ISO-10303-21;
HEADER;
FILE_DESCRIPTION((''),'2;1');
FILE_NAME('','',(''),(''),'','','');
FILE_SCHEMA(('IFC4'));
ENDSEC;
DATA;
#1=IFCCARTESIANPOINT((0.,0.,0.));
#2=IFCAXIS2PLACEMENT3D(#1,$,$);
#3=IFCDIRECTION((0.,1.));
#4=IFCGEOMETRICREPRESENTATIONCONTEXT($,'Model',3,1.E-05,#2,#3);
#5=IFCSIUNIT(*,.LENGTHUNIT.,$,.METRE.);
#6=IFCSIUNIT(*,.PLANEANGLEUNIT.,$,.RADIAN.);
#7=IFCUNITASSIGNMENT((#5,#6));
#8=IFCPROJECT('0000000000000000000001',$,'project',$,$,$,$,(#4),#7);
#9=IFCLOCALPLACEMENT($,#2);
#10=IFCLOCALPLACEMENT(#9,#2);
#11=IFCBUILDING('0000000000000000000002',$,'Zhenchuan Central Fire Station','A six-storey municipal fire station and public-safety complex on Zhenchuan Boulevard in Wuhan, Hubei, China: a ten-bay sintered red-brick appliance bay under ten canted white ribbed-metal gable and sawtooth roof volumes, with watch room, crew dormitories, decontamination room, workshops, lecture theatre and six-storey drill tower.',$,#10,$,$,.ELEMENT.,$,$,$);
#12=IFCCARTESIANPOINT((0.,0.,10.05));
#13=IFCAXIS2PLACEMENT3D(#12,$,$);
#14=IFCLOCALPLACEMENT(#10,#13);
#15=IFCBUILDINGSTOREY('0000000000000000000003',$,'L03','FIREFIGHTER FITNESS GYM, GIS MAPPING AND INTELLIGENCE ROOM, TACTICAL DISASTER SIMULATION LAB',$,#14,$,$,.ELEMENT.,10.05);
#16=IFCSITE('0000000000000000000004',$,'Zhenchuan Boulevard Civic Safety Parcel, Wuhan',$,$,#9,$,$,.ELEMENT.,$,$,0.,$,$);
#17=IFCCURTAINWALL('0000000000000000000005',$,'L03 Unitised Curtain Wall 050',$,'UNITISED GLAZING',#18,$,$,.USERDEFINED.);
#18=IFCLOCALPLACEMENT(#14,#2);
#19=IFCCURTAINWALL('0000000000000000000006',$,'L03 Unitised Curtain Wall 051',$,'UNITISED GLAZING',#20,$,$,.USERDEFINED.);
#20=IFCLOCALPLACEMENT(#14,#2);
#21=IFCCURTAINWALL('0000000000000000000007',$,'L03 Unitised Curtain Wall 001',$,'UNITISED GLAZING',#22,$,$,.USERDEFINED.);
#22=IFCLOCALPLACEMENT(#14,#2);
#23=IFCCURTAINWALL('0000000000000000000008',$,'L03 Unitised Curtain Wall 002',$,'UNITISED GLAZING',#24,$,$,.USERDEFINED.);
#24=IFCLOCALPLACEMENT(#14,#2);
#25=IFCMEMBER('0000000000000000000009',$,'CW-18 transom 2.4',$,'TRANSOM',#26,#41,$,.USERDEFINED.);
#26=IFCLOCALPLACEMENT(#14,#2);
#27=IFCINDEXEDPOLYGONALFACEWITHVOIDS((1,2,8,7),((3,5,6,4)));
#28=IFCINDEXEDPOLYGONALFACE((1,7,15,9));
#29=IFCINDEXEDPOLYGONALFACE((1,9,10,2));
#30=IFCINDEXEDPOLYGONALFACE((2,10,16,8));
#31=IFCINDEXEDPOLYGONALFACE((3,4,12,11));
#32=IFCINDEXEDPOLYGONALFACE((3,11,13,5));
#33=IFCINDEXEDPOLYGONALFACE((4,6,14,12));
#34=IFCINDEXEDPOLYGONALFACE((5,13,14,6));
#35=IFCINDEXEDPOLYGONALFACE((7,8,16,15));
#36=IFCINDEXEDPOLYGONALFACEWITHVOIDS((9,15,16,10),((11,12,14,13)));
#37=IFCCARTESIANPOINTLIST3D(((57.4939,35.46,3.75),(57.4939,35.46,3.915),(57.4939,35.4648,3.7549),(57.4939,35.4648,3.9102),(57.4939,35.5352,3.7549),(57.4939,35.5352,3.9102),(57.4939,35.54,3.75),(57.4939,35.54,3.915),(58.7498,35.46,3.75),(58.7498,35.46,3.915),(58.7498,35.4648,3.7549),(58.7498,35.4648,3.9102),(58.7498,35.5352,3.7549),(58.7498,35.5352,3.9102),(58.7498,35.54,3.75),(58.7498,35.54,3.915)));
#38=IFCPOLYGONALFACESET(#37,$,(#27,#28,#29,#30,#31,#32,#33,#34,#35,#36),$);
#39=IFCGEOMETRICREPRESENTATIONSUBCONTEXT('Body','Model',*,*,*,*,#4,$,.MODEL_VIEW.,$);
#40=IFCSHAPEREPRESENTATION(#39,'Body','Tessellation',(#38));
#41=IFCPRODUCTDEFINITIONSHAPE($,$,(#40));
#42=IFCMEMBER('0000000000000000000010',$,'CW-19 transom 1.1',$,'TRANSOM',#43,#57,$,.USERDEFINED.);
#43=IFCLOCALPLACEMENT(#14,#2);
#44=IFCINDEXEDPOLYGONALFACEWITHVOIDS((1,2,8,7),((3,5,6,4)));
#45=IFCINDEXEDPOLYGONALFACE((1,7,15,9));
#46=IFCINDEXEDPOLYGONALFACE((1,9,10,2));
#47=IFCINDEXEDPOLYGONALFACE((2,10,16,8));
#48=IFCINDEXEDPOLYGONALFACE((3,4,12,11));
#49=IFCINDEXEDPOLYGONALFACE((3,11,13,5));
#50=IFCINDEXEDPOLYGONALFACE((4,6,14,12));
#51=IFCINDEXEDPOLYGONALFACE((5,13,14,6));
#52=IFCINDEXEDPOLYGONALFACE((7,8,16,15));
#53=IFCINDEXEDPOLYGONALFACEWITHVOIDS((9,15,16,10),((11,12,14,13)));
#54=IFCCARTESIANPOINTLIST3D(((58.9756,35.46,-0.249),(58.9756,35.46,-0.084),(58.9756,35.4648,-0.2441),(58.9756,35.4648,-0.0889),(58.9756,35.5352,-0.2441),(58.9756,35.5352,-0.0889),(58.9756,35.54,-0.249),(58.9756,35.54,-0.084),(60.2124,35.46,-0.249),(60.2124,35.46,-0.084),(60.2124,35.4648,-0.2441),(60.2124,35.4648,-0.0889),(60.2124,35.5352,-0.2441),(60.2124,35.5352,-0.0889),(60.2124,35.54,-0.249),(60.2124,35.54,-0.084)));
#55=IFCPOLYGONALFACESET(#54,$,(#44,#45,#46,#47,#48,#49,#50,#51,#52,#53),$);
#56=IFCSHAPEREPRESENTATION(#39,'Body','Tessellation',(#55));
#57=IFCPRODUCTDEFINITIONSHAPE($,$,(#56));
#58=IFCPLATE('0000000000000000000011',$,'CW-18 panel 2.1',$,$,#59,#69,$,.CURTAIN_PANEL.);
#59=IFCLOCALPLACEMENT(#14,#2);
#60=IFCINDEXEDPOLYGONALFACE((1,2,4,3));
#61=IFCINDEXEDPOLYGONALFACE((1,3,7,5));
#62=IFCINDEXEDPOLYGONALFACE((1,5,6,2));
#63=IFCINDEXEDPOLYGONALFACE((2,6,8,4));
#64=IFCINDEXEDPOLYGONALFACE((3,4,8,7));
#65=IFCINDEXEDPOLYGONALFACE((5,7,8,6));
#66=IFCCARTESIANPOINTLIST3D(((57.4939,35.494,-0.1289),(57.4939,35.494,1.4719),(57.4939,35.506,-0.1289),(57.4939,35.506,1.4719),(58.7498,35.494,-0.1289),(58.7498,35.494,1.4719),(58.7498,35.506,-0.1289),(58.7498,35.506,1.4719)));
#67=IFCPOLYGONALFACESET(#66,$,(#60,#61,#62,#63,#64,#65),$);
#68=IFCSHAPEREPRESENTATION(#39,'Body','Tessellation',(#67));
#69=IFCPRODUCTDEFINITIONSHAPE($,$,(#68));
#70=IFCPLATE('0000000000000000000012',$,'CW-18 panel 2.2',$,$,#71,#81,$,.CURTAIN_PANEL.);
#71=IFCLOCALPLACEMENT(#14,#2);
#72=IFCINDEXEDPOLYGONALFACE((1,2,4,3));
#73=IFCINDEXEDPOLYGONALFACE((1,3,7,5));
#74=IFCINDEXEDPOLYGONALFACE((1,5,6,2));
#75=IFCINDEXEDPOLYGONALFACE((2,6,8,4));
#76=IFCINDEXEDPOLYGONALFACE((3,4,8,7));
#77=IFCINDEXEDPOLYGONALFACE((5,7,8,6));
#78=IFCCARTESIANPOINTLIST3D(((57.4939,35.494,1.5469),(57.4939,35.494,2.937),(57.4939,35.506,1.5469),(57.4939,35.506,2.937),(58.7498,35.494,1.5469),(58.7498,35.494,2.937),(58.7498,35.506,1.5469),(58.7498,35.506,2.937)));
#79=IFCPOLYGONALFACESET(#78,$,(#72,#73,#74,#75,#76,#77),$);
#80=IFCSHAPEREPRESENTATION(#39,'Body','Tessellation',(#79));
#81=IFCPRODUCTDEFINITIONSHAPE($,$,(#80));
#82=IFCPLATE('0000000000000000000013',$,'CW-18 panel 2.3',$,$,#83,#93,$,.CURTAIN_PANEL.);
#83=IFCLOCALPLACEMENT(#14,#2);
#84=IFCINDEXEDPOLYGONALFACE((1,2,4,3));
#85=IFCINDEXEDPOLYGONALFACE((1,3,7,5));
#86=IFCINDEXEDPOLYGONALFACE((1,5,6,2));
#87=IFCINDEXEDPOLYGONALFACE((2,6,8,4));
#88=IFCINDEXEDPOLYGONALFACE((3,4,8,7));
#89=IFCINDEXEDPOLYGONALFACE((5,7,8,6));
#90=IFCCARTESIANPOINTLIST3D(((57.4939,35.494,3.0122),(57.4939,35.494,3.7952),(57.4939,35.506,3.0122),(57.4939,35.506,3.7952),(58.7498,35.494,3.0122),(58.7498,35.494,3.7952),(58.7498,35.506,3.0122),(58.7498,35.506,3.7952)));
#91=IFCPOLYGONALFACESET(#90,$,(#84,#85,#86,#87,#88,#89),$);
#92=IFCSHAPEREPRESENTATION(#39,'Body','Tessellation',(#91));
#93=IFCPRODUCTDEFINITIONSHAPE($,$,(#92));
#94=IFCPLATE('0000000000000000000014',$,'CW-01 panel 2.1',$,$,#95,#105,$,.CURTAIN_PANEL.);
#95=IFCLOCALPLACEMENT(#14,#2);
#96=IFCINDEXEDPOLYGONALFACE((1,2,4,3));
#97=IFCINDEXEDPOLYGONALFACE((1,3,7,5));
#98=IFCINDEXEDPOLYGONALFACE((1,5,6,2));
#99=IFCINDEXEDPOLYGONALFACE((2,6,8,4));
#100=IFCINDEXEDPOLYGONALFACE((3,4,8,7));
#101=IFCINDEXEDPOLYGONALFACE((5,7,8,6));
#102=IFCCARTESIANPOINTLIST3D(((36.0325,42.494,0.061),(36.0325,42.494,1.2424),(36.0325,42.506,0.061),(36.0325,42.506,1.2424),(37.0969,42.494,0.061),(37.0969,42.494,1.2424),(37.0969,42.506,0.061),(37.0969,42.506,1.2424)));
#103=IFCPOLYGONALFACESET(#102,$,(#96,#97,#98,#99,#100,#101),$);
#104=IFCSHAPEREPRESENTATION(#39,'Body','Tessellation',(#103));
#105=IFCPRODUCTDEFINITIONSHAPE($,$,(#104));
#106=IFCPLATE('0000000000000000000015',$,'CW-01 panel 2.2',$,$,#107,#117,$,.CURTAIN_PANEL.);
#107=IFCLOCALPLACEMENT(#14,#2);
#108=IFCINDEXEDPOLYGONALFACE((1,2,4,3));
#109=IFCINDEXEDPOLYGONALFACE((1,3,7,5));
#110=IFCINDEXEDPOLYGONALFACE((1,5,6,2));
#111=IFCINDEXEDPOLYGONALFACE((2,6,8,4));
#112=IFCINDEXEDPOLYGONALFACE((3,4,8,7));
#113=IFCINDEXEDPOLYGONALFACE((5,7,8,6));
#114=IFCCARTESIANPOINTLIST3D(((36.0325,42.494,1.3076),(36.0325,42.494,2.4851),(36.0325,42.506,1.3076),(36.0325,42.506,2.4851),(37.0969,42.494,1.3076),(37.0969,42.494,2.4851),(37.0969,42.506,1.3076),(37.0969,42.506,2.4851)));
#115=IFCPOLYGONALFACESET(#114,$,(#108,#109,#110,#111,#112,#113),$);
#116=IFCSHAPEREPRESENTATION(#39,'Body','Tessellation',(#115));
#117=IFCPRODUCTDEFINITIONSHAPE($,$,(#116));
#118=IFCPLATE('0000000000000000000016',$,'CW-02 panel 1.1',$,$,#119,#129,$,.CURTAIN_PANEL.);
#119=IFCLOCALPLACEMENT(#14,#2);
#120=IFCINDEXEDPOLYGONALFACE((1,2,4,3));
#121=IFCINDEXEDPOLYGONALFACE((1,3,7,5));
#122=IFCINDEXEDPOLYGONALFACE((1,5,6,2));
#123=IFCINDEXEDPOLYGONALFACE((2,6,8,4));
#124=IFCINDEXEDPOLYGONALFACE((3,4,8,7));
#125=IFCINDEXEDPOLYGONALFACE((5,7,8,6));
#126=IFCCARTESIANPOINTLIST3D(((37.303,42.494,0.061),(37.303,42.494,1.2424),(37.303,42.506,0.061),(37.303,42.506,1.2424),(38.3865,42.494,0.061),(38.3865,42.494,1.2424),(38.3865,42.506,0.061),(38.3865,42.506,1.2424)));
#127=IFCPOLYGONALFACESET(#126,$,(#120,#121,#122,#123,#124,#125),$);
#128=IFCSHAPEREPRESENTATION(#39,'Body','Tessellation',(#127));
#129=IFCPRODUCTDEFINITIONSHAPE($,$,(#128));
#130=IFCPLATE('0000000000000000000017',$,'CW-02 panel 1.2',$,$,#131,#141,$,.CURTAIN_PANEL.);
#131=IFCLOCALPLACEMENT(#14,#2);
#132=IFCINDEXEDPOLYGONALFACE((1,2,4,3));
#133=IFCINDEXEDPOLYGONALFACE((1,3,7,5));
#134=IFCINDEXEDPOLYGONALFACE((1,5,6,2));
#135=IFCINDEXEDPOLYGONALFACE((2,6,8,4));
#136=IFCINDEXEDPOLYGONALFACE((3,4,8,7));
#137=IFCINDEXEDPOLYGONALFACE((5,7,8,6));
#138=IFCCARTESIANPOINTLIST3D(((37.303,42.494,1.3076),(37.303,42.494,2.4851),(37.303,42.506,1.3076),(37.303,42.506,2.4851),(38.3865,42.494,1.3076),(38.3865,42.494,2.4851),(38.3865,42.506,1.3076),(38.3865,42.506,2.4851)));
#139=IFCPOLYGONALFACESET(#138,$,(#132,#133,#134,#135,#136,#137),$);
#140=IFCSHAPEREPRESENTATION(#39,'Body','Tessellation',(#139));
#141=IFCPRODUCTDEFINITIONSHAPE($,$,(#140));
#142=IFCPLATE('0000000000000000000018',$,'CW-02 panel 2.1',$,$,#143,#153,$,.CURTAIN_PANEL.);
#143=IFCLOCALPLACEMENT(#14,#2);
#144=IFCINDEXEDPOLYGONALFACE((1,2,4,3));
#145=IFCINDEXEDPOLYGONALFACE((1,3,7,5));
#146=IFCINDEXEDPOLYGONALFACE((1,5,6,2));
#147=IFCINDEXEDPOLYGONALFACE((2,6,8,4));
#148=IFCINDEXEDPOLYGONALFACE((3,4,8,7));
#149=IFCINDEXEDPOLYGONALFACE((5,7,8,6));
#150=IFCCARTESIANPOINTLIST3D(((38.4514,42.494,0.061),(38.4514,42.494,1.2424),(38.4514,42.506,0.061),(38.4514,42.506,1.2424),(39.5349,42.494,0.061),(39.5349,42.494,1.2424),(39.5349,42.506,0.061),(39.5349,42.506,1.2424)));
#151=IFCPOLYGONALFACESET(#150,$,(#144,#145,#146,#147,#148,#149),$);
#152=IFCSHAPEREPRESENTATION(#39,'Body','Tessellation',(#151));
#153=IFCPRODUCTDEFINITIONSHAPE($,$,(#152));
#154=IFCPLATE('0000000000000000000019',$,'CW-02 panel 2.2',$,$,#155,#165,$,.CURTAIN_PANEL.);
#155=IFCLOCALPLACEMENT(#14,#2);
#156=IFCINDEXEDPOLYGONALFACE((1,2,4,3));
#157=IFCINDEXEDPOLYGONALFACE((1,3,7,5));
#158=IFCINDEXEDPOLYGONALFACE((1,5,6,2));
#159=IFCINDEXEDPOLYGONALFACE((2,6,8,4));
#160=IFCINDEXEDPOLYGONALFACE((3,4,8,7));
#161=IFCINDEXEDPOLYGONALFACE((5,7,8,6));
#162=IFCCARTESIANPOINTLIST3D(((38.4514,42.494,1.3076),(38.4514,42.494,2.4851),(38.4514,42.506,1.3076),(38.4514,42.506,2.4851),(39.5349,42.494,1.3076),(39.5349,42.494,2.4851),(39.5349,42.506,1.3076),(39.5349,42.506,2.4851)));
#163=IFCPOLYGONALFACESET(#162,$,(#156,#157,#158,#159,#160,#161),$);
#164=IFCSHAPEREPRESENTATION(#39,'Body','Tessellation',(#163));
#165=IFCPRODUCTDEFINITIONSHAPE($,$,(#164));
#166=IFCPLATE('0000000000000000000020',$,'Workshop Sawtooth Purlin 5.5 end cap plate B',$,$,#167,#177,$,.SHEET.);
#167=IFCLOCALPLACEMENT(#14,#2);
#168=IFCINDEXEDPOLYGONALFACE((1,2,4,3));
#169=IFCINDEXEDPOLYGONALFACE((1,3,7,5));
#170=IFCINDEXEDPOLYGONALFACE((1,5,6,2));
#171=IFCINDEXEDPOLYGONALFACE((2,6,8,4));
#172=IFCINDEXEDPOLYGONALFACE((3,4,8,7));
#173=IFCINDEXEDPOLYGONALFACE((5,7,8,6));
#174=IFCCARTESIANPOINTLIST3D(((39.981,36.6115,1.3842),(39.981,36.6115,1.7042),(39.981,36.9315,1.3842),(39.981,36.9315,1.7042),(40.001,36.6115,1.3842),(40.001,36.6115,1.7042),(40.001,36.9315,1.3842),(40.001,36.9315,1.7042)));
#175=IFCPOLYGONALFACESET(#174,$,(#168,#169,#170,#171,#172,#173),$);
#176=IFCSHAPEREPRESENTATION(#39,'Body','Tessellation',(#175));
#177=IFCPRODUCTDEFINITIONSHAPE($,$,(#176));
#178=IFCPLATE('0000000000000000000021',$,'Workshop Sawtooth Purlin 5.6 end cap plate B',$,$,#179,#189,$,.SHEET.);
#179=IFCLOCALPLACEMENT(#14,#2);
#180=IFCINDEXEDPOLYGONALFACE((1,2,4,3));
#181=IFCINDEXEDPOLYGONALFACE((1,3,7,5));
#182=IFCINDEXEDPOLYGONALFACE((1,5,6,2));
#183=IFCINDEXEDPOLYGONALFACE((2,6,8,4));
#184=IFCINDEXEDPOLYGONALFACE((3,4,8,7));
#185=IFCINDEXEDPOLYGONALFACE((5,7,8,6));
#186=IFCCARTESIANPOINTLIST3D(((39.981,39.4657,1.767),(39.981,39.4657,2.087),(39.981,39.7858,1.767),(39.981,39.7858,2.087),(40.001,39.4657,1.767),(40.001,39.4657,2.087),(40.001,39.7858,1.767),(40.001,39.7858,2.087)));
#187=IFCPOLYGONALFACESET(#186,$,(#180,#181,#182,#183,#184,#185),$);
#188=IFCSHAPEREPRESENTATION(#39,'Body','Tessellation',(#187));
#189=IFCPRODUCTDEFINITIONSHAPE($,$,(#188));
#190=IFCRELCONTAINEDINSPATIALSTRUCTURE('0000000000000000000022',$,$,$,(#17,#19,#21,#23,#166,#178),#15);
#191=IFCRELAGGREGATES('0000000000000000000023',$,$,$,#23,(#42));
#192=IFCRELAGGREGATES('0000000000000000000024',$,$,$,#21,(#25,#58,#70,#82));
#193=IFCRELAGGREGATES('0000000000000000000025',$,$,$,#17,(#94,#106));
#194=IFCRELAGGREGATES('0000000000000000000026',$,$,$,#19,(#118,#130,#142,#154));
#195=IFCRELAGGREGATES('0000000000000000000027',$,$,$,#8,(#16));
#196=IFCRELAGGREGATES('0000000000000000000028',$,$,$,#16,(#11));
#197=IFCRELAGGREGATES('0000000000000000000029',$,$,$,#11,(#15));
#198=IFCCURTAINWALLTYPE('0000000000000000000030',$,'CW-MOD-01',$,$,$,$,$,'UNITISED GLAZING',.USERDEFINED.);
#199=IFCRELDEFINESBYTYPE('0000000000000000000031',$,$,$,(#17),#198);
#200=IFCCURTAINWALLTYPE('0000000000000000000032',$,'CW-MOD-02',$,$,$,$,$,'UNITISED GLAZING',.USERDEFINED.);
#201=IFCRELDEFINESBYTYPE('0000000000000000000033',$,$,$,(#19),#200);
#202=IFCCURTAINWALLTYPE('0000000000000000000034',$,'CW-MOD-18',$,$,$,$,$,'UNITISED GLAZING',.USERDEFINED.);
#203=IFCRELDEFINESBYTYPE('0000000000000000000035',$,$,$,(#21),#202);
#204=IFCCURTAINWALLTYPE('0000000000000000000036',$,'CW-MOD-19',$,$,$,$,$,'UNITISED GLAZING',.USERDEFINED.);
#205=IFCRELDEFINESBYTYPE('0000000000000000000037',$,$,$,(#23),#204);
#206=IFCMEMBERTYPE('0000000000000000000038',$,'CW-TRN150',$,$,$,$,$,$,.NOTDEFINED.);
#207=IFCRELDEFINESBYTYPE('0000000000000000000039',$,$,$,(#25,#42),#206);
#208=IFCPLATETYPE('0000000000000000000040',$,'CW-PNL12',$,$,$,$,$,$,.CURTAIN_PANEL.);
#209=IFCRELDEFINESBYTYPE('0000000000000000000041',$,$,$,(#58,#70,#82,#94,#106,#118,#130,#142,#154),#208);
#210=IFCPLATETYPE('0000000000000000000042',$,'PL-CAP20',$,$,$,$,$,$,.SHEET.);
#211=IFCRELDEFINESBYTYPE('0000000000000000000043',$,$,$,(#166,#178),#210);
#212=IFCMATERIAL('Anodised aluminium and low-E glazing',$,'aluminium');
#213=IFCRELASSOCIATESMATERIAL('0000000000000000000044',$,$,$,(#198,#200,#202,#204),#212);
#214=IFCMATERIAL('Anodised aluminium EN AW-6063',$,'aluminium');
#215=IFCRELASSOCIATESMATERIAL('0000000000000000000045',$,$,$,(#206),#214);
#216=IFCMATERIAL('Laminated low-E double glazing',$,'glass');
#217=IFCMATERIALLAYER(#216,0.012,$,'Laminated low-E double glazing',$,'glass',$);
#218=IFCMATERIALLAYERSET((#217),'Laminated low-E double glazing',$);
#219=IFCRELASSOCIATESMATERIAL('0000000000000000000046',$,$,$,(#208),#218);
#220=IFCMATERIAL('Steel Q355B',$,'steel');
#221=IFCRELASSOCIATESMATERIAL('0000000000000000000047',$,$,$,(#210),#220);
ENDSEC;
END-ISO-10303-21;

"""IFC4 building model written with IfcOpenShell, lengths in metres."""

from ifc_helpers import new_model, si_unit, direction, frame, origin, origin_2d, place, context, subcontext, project, spatial, rectangle, hollow_rectangle, extrude, material, layer, layer_set, material_profile, profile_set, type_object, element, aggregate, save


model = new_model("IFC4")

# Units and contexts
model_context = context("Model", 3, precision=1e-05, world=origin(), true_north=direction((0.0, 1.0)))
body_context = subcontext(model_context, "Body", "Model", "MODEL_VIEW")
ifc_project = project(units=[si_unit("LENGTHUNIT", "METRE"), si_unit("PLANEANGLEUNIT", "RADIAN")], contexts=[model_context])

# Site, building, storey
site_placement = place(None, origin())
site = spatial("IfcSite", under=ifc_project, at=site_placement, Name="Zhenchuan Boulevard Civic Safety Parcel, Wuhan", CompositionType="ELEMENT", RefElevation=0.0)
building_placement = place(site_placement, origin())
building = spatial("IfcBuilding", under=site, at=building_placement, Name="Zhenchuan Central Fire Station", Description="A six-storey municipal fire station and public-safety complex on Zhenchuan Boulevard in Wuhan, Hubei, China: a ten-bay sintered red-brick appliance bay under ten canted white ribbed-metal gable and sawtooth roof volumes, with watch room, crew dormitories, decontamination room, workshops, lecture theatre and six-storey drill tower.", CompositionType="ELEMENT")
storey_placement = place(building_placement, frame((0.0, 0.0, 10.05)))
storey = spatial("IfcBuildingStorey", under=building, at=storey_placement, Name="L03", Description="FIREFIGHTER FITNESS GYM, GIS MAPPING AND INTELLIGENCE ROOM, TACTICAL DISASTER SIMULATION LAB", CompositionType="ELEMENT", Elevation=10.05)

# Shared definitions
ifc_material_1 = material(Name="Steel Q355B", Category="steel")

# Curtain walls
ifc_material_2 = material(Name="Anodised aluminium and low-E glazing", Category="aluminium")
curtain_wall_type_1 = type_object("IfcCurtainWallType", Name="CW-MOD-01", ElementType="UNITISED GLAZING", PredefinedType="USERDEFINED", material=ifc_material_2)
curtain_wall_1_placement = place(storey_placement, origin())
curtain_wall_1 = element("IfcCurtainWall", 1, at=curtain_wall_1_placement, inside=storey, type_object=curtain_wall_type_1, Name="L03 Unitised Curtain Wall 050", ObjectType="UNITISED GLAZING", PredefinedType="USERDEFINED")
ifc_material_3 = material(Name="Anodised aluminium EN AW-6063", Category="aluminium")
curtain_wall_type_2 = type_object("IfcCurtainWallType", Name="CW-MOD-02", ElementType="UNITISED GLAZING", PredefinedType="USERDEFINED", material=ifc_material_2)
curtain_wall_2_placement = place(storey_placement, origin())
curtain_wall_2 = element("IfcCurtainWall", 2, at=curtain_wall_2_placement, inside=storey, type_object=curtain_wall_type_2, Name="L03 Unitised Curtain Wall 051", ObjectType="UNITISED GLAZING", PredefinedType="USERDEFINED")

# Curtain walls
curtain_wall_type_3 = type_object("IfcCurtainWallType", Name="CW-MOD-18", ElementType="UNITISED GLAZING", PredefinedType="USERDEFINED", material=ifc_material_2)
curtain_wall_3_placement = place(storey_placement, origin())
curtain_wall_3 = element("IfcCurtainWall", 3, at=curtain_wall_3_placement, inside=storey, type_object=curtain_wall_type_3, Name="L03 Unitised Curtain Wall 001", ObjectType="UNITISED GLAZING", PredefinedType="USERDEFINED")
curtain_wall_type_4 = type_object("IfcCurtainWallType", Name="CW-MOD-19", ElementType="UNITISED GLAZING", PredefinedType="USERDEFINED", material=ifc_material_2)
curtain_wall_4_placement = place(storey_placement, origin())
curtain_wall_4 = element("IfcCurtainWall", 4, at=curtain_wall_4_placement, inside=storey, type_object=curtain_wall_type_4, Name="L03 Unitised Curtain Wall 002", ObjectType="UNITISED GLAZING", PredefinedType="USERDEFINED")

# Members
ifc_material_profile_1 = material_profile(ifc_material_3, hollow_rectangle(XDim=0.0801, YDim=0.165, WallThickness=0.0049, at=origin_2d()), Name="ALU-T 165x80")
ifc_profile_set_1 = profile_set([ifc_material_profile_1], Name="Anodised aluminium EN AW-6063")
member_type_1 = type_object("IfcMemberType", Name="CW-TRN150", PredefinedType="NOTDEFINED", material=ifc_profile_set_1)
member_1_placement = place(storey_placement, frame((57.4939, 35.5, 3.8325), z_axis=(1.0, 0.0, 0.0), x_axis=(0.0, 1.0, 0.0)))
member_1 = element("IfcMember", 5, at=member_1_placement, type_object=member_type_1, Name="CW-18 transom 2.4", ObjectType="TRANSOM", PredefinedType="USERDEFINED", context=body_context, shape_type="SweptSolid", body=[
    extrude(hollow_rectangle(XDim=0.0801, YDim=0.165, WallThickness=0.0049, at=origin_2d()), origin(), (0.0, 0.0, 1.0), 1.2559),
])
member_2_placement = place(storey_placement, frame((58.9756, 35.5, -0.1665), z_axis=(1.0, 0.0, 0.0), x_axis=(0.0, 1.0, 0.0)))
member_2 = element("IfcMember", 6, at=member_2_placement, type_object=member_type_1, Name="CW-19 transom 1.1", ObjectType="TRANSOM", PredefinedType="USERDEFINED", context=body_context, shape_type="SweptSolid", body=[
    extrude(hollow_rectangle(XDim=0.0801, YDim=0.165, WallThickness=0.0049, at=origin_2d()), origin(), (0.0, 0.0, 1.0), 1.2368),
])
aggregate(curtain_wall_4, [member_2])

# Plates
ifc_material_4 = material(Name="Laminated low-E double glazing", Category="glass")
ifc_layer = layer(ifc_material_4, 0.012, Name="Laminated low-E double glazing", Category="glass")
ifc_layer_set = layer_set([ifc_layer], Name="Laminated low-E double glazing")
plate_type_1 = type_object("IfcPlateType", Name="CW-PNL12", PredefinedType="CURTAIN_PANEL", material=ifc_layer_set)
plate_1_placement = place(storey_placement, frame((58.1218, 35.5, -0.1289), z_axis=(0.0, 0.0, 1.0), x_axis=(1.0, 0.0, 0.0)))
plate_1 = element("IfcPlate", 7, at=plate_1_placement, type_object=plate_type_1, Name="CW-18 panel 2.1", PredefinedType="CURTAIN_PANEL", context=body_context, shape_type="SweptSolid", body=[
    extrude(rectangle(XDim=1.2559, YDim=0.012, at=origin_2d()), origin(), (0.0, 0.0, 1.0), 1.6008),
])
plate_2_placement = place(storey_placement, frame((58.1218, 35.5, 1.5469), z_axis=(0.0, 0.0, 1.0), x_axis=(1.0, 0.0, 0.0)))
plate_2 = element("IfcPlate", 8, at=plate_2_placement, type_object=plate_type_1, Name="CW-18 panel 2.2", PredefinedType="CURTAIN_PANEL", context=body_context, shape_type="SweptSolid", body=[
    extrude(rectangle(XDim=1.2559, YDim=0.012, at=origin_2d()), origin(), (0.0, 0.0, 1.0), 1.3901),
])
plate_3_placement = place(storey_placement, frame((58.1218, 35.5, 3.0122), z_axis=(0.0, 0.0, 1.0), x_axis=(1.0, 0.0, 0.0)))
plate_3 = element("IfcPlate", 9, at=plate_3_placement, type_object=plate_type_1, Name="CW-18 panel 2.3", PredefinedType="CURTAIN_PANEL", context=body_context, shape_type="SweptSolid", body=[
    extrude(rectangle(XDim=1.2559, YDim=0.012, at=origin_2d()), origin(), (0.0, 0.0, 1.0), 0.783),
])
aggregate(curtain_wall_3, [member_1, plate_1, plate_2, plate_3])
plate_4_placement = place(storey_placement, frame((36.5647, 42.5, 0.061), z_axis=(0.0, 0.0, 1.0), x_axis=(1.0, 0.0, 0.0)))
plate_4 = element("IfcPlate", 10, at=plate_4_placement, type_object=plate_type_1, Name="CW-01 panel 2.1", PredefinedType="CURTAIN_PANEL", context=body_context, shape_type="SweptSolid", body=[
    extrude(rectangle(XDim=1.0645, YDim=0.012, at=origin_2d()), origin(), (0.0, 0.0, 1.0), 1.1814),
])
plate_5_placement = place(storey_placement, frame((36.5647, 42.5, 1.3076), z_axis=(0.0, 0.0, 1.0), x_axis=(1.0, 0.0, 0.0)))
plate_5 = element("IfcPlate", 11, at=plate_5_placement, type_object=plate_type_1, Name="CW-01 panel 2.2", PredefinedType="CURTAIN_PANEL", context=body_context, shape_type="SweptSolid", body=[
    extrude(rectangle(XDim=1.0645, YDim=0.012, at=origin_2d()), origin(), (0.0, 0.0, 1.0), 1.1775),
])
aggregate(curtain_wall_1, [plate_4, plate_5])
plate_6_placement = place(storey_placement, frame((37.8447, 42.5, 0.061), z_axis=(0.0, 0.0, 1.0), x_axis=(1.0, 0.0, 0.0)))
plate_6 = element("IfcPlate", 12, at=plate_6_placement, type_object=plate_type_1, Name="CW-02 panel 1.1", PredefinedType="CURTAIN_PANEL", context=body_context, shape_type="SweptSolid", body=[
    extrude(rectangle(XDim=1.0835, YDim=0.012, at=origin_2d()), origin(), (0.0, 0.0, 1.0), 1.1814),
])
plate_7_placement = place(storey_placement, frame((37.8447, 42.5, 1.3076), z_axis=(0.0, 0.0, 1.0), x_axis=(1.0, 0.0, 0.0)))
plate_7 = element("IfcPlate", 13, at=plate_7_placement, type_object=plate_type_1, Name="CW-02 panel 1.2", PredefinedType="CURTAIN_PANEL", context=body_context, shape_type="SweptSolid", body=[
    extrude(rectangle(XDim=1.0835, YDim=0.012, at=origin_2d()), origin(), (0.0, 0.0, 1.0), 1.1775),
])
plate_8_placement = place(storey_placement, frame((38.9932, 42.5, 0.061), z_axis=(0.0, 0.0, 1.0), x_axis=(1.0, 0.0, 0.0)))
plate_8 = element("IfcPlate", 14, at=plate_8_placement, type_object=plate_type_1, Name="CW-02 panel 2.1", PredefinedType="CURTAIN_PANEL", context=body_context, shape_type="SweptSolid", body=[
    extrude(rectangle(XDim=1.0835, YDim=0.012, at=origin_2d()), origin(), (0.0, 0.0, 1.0), 1.1814),
])
plate_9_placement = place(storey_placement, frame((38.9932, 42.5, 1.3076), z_axis=(0.0, 0.0, 1.0), x_axis=(1.0, 0.0, 0.0)))
plate_9 = element("IfcPlate", 15, at=plate_9_placement, type_object=plate_type_1, Name="CW-02 panel 2.2", PredefinedType="CURTAIN_PANEL", context=body_context, shape_type="SweptSolid", body=[
    extrude(rectangle(XDim=1.0835, YDim=0.012, at=origin_2d()), origin(), (0.0, 0.0, 1.0), 1.1775),
])
aggregate(curtain_wall_2, [plate_6, plate_7, plate_8, plate_9])

# Plates
ifc_material_profile_2 = material_profile(ifc_material_1, rectangle(XDim=0.3201, YDim=0.3201, at=origin_2d()), Name="PL 320x320x20")
ifc_profile_set_2 = profile_set([ifc_material_profile_2], Name="Steel Q355B")
plate_type_2 = type_object("IfcPlateType", Name="PL-CAP20", PredefinedType="SHEET", material=ifc_profile_set_2)
for number, where, z_axis, x_axis, name in (
    (16, (39.981, 36.7715, 1.5442), (1.0, 0.0, 0.0), (0.0, 1.0, 0.0), "Workshop Sawtooth Purlin 5.5 end cap plate B"),
    (17, (39.981, 39.6257, 1.927), (1.0, 0.0, 0.0), (0.0, 1.0, 0.0), "Workshop Sawtooth Purlin 5.6 end cap plate B"),
):
    element("IfcPlate", number, at=place(storey_placement, frame(where, z_axis=z_axis, x_axis=x_axis)), inside=storey, type_object=plate_type_2, Name=name, PredefinedType="SHEET", context=body_context, shape_type="SweptSolid", body=[
        extrude(rectangle(XDim=0.3201, YDim=0.3201, at=origin_2d()), origin(), (0.0, 0.0, 1.0), 0.02),
    ])

save(model, "model.ifc")
